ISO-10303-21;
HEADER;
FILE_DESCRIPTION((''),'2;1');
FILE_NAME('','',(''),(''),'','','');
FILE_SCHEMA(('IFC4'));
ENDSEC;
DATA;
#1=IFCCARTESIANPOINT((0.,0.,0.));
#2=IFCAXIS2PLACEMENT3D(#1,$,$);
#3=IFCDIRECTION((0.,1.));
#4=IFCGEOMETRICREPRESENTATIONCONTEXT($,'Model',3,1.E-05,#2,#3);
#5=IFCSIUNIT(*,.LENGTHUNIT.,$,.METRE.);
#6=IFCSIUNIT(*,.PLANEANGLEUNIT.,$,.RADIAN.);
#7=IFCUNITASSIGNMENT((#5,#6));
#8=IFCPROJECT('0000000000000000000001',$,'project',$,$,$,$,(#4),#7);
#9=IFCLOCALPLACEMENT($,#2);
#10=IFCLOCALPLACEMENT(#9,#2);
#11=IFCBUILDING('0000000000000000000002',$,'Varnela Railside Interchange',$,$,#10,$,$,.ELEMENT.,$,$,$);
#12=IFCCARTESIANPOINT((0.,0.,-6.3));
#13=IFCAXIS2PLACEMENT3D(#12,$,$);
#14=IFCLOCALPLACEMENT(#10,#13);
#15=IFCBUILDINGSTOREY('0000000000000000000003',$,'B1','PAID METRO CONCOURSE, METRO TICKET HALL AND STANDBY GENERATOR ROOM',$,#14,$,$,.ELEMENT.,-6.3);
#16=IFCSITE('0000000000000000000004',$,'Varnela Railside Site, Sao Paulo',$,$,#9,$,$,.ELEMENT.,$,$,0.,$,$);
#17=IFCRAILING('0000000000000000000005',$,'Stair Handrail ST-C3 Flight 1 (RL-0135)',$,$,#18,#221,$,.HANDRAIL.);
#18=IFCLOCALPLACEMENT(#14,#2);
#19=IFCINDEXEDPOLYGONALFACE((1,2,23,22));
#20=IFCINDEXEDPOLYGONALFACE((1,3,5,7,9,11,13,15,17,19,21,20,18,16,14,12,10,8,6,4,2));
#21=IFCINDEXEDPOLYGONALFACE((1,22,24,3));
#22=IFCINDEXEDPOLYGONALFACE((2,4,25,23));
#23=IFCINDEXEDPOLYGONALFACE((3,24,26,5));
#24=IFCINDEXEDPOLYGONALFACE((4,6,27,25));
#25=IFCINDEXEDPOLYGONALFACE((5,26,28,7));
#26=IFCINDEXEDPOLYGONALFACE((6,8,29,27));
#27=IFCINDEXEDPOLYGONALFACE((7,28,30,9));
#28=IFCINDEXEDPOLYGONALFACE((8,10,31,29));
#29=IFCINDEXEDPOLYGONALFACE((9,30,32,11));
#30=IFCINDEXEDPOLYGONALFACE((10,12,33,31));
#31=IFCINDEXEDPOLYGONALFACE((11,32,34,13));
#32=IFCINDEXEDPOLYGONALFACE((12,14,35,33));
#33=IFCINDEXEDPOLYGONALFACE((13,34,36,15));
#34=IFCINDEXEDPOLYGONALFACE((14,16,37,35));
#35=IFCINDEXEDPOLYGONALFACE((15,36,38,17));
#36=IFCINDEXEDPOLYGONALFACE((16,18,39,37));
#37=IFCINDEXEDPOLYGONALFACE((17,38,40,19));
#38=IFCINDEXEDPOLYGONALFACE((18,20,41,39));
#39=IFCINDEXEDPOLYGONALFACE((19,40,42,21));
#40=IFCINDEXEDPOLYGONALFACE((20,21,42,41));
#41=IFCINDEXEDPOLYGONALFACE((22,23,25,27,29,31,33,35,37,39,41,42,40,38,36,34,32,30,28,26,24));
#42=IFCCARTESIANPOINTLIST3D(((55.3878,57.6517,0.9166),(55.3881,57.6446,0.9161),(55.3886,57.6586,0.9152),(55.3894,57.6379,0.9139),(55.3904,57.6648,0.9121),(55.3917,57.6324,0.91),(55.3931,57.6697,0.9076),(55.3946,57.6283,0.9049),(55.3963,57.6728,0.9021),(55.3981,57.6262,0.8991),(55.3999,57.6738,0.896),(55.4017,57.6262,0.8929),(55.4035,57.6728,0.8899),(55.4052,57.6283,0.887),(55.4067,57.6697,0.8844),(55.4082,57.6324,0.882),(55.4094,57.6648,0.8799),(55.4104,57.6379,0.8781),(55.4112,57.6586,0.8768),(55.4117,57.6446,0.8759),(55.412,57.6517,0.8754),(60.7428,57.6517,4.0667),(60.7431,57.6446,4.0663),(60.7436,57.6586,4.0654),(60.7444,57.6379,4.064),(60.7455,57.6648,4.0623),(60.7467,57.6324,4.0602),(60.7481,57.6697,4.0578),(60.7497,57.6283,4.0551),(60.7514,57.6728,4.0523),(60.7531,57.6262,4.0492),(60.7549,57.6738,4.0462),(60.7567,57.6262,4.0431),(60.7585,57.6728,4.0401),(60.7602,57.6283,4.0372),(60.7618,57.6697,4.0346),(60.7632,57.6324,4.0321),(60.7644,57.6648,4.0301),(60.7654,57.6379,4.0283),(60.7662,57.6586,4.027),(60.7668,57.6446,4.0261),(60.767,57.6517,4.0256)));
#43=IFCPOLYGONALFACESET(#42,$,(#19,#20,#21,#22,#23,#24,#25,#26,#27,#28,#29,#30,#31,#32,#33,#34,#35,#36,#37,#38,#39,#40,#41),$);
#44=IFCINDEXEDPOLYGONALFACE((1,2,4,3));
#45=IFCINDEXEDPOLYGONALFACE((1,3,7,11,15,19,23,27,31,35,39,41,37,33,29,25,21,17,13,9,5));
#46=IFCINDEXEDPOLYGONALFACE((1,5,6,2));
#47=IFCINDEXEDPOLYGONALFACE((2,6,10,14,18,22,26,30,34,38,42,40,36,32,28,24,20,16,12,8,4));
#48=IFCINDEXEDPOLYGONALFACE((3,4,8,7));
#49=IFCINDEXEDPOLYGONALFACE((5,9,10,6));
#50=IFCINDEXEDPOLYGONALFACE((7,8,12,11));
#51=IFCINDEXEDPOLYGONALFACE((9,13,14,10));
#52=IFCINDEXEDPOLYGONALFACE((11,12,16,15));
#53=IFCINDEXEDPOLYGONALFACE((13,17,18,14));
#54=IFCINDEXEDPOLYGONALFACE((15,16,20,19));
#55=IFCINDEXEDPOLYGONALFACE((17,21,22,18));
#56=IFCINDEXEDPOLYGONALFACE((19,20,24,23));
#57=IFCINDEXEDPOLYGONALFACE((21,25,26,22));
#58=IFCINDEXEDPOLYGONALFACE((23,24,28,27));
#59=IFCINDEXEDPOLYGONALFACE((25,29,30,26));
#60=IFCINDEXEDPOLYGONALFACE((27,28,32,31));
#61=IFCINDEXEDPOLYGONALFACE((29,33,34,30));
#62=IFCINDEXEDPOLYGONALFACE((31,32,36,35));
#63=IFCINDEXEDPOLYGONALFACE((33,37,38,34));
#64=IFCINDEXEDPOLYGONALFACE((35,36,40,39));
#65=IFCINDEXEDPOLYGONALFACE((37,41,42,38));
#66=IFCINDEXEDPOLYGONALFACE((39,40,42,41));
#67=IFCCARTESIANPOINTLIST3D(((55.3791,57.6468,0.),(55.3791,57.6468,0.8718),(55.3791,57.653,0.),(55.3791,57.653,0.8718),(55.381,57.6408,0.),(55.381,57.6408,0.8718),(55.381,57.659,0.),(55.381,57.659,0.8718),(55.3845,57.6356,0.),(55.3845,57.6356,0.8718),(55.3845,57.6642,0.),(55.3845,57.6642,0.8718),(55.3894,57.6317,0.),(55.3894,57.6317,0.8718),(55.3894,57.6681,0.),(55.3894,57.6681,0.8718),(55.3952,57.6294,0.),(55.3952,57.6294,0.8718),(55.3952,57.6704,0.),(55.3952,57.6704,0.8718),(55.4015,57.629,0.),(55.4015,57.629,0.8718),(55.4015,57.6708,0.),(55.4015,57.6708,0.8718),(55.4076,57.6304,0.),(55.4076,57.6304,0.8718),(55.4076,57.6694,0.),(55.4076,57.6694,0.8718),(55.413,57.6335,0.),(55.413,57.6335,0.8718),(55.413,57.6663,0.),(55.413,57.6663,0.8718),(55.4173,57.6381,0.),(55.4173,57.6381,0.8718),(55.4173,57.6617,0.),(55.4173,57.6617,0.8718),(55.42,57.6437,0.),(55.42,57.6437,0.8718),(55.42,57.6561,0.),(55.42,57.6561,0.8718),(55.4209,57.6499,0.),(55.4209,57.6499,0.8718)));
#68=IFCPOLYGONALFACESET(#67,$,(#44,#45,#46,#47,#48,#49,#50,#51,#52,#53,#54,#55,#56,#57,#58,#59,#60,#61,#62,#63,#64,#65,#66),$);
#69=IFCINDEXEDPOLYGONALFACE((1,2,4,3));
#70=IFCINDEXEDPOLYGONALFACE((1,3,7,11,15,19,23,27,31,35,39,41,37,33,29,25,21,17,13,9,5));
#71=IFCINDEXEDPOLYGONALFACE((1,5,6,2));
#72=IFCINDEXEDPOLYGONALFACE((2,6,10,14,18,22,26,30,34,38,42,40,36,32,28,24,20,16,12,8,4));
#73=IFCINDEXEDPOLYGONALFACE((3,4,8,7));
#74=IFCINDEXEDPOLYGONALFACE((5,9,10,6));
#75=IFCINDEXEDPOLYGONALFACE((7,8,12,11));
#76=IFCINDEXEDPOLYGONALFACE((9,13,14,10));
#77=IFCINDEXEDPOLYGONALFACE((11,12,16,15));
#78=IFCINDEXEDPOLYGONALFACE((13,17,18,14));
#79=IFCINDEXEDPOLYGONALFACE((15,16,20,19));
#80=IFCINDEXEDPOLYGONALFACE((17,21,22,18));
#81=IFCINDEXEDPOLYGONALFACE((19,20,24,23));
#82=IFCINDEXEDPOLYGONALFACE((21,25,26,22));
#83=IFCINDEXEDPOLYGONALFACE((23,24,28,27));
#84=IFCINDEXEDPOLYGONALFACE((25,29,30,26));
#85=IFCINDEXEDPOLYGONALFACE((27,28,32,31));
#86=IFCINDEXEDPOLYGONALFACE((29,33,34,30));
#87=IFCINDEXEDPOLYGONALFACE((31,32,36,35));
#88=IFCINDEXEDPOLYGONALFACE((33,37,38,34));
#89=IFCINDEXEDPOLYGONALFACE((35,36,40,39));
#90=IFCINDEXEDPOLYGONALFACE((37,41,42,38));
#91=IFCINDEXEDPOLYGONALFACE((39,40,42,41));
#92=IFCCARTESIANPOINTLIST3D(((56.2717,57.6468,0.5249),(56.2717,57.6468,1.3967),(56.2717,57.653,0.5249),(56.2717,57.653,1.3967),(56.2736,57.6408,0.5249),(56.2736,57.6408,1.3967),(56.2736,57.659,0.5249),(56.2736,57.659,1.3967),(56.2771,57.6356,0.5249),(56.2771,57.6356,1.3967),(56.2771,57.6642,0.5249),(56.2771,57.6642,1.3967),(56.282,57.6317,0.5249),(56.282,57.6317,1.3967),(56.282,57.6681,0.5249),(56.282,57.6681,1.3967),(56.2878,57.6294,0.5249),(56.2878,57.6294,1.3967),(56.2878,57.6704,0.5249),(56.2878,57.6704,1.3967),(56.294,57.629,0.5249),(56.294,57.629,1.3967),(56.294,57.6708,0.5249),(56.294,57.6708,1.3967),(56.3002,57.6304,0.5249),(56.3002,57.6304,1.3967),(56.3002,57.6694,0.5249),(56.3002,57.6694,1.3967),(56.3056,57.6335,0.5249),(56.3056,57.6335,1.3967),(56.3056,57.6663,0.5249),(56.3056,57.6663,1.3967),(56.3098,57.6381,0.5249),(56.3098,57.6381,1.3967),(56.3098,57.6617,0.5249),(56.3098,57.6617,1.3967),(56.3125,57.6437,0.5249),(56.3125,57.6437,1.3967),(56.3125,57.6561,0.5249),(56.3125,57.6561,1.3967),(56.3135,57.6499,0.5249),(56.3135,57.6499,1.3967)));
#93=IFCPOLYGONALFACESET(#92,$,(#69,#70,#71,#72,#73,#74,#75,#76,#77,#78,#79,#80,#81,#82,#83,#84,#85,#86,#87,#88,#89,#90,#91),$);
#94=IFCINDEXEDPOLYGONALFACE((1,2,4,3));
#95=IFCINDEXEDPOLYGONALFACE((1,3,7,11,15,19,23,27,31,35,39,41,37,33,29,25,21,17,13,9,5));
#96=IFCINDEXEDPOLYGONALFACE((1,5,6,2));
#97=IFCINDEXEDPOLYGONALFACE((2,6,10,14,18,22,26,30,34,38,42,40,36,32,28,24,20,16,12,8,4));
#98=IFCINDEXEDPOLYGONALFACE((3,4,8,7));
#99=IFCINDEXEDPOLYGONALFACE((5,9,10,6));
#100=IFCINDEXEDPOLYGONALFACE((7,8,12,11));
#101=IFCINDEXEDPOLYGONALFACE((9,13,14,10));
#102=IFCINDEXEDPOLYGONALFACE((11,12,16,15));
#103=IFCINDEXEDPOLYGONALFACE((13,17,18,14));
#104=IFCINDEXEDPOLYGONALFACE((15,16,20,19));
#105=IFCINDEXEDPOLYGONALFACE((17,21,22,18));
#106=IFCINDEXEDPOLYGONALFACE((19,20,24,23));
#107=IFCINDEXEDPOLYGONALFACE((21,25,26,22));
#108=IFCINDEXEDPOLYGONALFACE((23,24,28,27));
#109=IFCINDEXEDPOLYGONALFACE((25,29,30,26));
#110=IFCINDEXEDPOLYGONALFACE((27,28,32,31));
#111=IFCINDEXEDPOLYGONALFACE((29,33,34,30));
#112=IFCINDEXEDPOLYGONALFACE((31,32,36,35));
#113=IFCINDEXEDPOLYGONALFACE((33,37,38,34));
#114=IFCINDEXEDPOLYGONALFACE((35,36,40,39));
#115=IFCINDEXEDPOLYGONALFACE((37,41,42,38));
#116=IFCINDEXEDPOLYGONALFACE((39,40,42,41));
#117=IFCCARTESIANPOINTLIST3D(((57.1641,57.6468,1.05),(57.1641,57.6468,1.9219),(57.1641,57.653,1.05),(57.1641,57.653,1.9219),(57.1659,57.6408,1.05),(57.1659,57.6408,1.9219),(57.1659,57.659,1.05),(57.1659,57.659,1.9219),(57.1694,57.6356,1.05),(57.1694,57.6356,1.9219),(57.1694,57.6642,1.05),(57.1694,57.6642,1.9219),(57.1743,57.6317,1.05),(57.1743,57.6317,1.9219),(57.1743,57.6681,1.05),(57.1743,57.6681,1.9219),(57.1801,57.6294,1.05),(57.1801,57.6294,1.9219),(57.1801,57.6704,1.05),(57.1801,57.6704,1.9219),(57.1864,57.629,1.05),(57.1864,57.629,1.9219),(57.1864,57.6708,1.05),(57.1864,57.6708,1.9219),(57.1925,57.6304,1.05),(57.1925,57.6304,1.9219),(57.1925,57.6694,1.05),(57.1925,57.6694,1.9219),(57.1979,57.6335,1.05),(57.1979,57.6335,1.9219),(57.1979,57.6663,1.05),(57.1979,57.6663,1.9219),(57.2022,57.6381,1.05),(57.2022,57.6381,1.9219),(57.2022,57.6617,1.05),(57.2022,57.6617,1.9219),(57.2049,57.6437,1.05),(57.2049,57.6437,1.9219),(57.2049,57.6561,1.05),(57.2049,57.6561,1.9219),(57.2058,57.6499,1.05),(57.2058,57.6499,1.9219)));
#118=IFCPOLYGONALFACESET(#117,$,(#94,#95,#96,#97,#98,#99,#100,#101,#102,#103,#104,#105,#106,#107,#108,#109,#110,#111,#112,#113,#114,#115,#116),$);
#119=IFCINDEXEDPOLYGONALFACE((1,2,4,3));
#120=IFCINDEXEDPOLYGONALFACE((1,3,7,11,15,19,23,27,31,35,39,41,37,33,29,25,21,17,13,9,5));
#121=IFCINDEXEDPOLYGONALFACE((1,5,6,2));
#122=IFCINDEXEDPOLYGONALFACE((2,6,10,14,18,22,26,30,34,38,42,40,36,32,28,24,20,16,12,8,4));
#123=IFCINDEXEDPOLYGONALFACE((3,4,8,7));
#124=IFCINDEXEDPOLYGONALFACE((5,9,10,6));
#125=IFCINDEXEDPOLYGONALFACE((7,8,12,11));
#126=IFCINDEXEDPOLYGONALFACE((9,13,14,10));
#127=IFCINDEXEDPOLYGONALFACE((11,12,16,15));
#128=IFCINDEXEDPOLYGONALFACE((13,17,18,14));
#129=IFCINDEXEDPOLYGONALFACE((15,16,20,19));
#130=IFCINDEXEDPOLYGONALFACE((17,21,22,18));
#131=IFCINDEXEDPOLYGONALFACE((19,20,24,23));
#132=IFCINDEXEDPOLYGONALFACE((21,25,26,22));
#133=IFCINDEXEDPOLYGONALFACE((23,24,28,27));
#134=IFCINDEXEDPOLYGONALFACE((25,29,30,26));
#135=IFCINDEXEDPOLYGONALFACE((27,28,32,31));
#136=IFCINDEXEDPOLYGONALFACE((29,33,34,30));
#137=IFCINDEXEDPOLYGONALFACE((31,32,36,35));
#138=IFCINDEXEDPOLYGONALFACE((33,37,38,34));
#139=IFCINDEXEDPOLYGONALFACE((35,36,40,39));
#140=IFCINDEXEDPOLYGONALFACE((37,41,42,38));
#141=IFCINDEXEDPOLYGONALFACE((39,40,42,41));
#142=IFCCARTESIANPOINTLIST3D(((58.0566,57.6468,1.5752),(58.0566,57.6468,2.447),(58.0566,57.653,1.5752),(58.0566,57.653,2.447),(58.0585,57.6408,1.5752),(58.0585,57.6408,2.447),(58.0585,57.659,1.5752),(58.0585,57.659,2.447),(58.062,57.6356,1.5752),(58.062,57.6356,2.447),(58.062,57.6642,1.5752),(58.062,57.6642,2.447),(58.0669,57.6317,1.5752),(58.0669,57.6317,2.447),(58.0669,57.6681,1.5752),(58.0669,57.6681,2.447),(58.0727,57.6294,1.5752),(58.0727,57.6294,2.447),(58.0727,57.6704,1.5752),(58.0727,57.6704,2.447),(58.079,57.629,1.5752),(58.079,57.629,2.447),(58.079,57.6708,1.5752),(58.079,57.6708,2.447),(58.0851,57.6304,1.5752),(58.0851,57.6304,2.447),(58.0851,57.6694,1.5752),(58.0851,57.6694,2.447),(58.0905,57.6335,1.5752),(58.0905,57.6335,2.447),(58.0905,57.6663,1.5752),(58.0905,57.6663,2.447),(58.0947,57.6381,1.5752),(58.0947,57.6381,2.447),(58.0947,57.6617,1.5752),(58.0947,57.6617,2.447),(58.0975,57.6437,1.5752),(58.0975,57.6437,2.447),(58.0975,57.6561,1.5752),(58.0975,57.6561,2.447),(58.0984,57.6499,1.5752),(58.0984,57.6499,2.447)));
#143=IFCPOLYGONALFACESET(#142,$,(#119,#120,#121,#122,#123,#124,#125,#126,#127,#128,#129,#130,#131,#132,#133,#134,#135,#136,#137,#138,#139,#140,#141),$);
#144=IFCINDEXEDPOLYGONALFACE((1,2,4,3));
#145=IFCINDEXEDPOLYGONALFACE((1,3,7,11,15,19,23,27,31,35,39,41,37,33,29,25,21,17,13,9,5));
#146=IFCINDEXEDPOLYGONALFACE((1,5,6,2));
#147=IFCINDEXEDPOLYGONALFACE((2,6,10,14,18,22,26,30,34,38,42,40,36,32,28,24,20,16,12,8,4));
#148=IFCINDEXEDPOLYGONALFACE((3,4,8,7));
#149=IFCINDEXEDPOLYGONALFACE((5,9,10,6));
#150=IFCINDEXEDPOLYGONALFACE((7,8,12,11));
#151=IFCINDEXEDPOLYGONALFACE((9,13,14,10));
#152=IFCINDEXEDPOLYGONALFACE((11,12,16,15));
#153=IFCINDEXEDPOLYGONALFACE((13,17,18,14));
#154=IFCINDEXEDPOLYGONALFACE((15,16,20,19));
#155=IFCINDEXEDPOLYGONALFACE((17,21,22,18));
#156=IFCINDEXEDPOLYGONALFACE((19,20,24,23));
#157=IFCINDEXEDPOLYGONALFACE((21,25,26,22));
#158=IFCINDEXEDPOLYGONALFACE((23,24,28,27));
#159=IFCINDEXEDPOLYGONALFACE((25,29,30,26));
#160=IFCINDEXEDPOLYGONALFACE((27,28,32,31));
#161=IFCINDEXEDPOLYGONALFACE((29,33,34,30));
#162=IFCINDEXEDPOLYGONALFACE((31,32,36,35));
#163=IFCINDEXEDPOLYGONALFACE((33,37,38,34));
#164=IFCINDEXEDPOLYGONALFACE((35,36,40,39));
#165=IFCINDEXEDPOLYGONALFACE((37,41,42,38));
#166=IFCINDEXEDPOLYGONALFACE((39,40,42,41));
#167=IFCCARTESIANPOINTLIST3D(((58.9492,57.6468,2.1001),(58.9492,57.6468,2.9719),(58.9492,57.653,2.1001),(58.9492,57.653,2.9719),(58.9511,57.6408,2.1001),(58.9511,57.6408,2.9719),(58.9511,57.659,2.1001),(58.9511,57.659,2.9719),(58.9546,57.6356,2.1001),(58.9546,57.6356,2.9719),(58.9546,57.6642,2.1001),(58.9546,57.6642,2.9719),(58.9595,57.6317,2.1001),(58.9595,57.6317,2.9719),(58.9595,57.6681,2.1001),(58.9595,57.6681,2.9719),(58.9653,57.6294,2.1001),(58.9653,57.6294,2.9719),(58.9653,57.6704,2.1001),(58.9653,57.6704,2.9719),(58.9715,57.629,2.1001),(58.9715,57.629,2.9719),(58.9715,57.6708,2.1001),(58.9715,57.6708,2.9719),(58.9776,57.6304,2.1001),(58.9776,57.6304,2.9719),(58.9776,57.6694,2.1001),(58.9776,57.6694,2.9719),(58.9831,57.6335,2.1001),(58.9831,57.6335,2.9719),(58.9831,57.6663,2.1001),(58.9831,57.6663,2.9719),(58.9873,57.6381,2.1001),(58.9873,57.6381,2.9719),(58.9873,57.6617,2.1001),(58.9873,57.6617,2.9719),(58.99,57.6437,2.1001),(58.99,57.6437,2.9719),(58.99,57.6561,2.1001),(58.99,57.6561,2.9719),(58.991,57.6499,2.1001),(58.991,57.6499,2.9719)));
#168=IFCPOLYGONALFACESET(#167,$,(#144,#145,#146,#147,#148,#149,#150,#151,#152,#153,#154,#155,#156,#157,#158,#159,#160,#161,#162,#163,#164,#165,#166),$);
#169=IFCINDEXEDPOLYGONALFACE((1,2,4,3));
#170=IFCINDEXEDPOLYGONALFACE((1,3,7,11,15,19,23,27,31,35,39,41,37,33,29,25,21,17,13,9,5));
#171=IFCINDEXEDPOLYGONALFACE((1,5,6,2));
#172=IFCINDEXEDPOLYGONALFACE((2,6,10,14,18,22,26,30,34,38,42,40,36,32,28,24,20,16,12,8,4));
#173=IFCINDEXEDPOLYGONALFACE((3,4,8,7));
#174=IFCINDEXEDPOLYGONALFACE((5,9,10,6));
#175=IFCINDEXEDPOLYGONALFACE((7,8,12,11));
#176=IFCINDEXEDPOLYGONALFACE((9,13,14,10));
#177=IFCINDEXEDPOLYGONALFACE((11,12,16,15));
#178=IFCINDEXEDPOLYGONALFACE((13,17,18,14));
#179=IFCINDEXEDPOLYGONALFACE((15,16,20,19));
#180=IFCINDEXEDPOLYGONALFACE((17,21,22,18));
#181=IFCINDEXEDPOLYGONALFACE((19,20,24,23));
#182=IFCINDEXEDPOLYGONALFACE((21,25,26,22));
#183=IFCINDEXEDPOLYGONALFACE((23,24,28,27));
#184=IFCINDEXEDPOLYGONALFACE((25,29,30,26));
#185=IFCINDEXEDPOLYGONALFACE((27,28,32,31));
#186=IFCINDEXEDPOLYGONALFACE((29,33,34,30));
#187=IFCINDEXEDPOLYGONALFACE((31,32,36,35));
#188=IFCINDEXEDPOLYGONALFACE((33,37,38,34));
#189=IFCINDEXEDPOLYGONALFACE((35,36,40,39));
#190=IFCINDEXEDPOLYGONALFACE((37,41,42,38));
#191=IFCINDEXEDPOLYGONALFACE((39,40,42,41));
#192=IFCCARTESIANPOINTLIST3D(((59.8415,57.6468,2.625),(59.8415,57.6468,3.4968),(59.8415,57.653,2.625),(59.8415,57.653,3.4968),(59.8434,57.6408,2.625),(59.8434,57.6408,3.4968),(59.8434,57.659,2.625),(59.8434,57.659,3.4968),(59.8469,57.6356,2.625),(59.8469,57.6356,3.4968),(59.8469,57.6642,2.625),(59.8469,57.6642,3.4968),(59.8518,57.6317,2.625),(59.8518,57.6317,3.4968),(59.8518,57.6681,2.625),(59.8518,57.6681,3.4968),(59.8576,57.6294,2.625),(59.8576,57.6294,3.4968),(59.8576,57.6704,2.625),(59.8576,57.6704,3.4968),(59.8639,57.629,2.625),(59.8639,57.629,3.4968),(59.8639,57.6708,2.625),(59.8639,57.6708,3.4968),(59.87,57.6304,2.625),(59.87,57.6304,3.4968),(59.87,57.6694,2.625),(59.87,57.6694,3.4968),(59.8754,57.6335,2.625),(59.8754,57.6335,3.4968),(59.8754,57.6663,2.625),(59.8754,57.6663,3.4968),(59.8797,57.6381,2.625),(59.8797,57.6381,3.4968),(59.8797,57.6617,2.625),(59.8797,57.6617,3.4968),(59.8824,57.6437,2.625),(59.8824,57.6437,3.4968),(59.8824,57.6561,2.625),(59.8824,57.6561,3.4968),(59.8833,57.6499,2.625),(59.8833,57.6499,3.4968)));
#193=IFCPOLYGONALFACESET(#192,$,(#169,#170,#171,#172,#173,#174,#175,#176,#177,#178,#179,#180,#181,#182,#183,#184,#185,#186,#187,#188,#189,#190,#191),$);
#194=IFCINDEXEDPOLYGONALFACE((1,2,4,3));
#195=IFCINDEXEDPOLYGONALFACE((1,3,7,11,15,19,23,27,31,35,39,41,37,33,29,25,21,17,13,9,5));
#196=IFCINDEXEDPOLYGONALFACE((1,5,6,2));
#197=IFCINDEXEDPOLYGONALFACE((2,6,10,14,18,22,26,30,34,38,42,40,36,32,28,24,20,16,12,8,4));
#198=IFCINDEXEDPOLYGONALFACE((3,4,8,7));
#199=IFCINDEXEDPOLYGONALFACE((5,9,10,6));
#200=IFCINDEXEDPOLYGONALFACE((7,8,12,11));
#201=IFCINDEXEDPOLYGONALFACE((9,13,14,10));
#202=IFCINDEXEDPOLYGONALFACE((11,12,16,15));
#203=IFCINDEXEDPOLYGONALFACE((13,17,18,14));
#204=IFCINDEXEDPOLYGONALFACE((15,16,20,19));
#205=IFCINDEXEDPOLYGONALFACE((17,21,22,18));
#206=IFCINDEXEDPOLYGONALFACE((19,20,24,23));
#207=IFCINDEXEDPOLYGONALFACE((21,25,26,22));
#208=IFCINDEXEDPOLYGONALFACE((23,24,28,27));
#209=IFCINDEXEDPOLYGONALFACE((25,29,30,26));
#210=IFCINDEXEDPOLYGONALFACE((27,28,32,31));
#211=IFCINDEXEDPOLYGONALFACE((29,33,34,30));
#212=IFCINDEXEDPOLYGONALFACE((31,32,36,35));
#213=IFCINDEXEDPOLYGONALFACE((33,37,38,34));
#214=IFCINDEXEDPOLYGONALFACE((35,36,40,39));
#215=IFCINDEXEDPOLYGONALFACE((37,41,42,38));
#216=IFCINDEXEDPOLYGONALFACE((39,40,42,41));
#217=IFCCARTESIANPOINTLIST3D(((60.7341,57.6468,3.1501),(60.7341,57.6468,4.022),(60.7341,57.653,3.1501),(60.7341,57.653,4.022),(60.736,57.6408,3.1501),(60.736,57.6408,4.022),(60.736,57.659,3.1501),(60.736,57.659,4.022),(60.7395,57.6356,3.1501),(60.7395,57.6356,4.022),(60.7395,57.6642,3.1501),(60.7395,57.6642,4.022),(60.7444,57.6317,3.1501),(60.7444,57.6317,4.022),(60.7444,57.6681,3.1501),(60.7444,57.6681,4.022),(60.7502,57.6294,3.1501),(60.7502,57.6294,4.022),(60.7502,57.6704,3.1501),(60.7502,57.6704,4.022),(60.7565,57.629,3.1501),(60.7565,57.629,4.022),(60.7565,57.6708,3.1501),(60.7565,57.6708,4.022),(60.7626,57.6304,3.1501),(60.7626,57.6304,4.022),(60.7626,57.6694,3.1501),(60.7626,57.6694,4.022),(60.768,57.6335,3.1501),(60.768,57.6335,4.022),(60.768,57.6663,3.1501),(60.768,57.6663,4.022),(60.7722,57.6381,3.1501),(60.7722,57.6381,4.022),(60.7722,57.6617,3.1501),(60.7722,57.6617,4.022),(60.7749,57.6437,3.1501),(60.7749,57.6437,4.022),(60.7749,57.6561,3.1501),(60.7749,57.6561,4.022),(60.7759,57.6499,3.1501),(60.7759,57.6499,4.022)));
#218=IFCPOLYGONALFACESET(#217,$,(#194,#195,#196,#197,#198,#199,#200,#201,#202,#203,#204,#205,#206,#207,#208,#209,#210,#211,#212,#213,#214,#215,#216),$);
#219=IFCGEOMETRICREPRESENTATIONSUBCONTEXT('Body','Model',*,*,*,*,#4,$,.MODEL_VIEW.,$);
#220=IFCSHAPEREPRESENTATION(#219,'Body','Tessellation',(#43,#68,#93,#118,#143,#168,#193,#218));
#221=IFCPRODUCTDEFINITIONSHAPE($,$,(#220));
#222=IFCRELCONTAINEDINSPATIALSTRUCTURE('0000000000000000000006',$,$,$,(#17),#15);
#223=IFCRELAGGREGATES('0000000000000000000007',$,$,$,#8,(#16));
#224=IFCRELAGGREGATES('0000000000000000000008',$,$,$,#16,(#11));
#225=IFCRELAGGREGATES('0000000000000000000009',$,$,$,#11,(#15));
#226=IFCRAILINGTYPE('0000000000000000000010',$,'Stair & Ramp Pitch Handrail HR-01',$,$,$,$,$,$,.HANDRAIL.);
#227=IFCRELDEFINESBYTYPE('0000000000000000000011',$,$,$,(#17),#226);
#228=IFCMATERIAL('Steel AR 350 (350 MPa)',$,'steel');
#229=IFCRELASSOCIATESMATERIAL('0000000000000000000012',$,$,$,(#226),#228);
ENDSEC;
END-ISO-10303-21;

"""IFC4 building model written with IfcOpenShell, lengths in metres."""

from ifc_helpers import new_model, si_unit, direction, frame, origin, origin_2d, place, context, subcontext, project, spatial, circle, extrude, material, type_object, element, save


model = new_model("IFC4")

# Units and contexts
model_context = context("Model", 3, precision=1e-05, world=origin(), true_north=direction((0.0, 1.0)))
body_context = subcontext(model_context, "Body", "Model", "MODEL_VIEW")
ifc_project = project(units=[si_unit("LENGTHUNIT", "METRE"), si_unit("PLANEANGLEUNIT", "RADIAN")], contexts=[model_context])

# Site, building, storey
site_placement = place(None, origin())
site = spatial("IfcSite", under=ifc_project, at=site_placement, Name="Varnela Railside Site, Sao Paulo", CompositionType="ELEMENT", RefElevation=0.0)
building_placement = place(site_placement, origin())
building = spatial("IfcBuilding", under=site, at=building_placement, Name="Varnela Railside Interchange", CompositionType="ELEMENT")
storey_placement = place(building_placement, frame((0.0, 0.0, -6.3)))
storey = spatial("IfcBuildingStorey", under=building, at=storey_placement, Name="B1", Description="PAID METRO CONCOURSE, METRO TICKET HALL AND STANDBY GENERATOR ROOM", CompositionType="ELEMENT", Elevation=-6.3)

# Railing
ifc_material_1 = material(Name="Steel AR 350 (350 MPa)", Category="steel")
railing_type_1 = type_object("IfcRailingType", Name="Stair & Ramp Pitch Handrail HR-01", PredefinedType="HANDRAIL", material=ifc_material_1)
railing_1_placement = place(storey_placement, frame((55.3999, 57.6499, 0.0)))
element("IfcRailing", 1, at=railing_1_placement, inside=storey, type_object=railing_type_1, Name="Stair Handrail ST-C3 Flight 1 (RL-0135)", PredefinedType="HANDRAIL", context=body_context, shape_type="SweptSolid", body=[
    extrude(circle(Radius=0.0239, at=origin_2d()), frame((0.0, 0.0, 0.896), z_axis=(0.861923, 0.0, 0.507039), x_axis=(0.0, 1.0, 0.0)), (0.0, 0.0, 1.0), 6.2129),
    extrude(circle(Radius=0.021, at=origin_2d()), origin(), (0.0, 0.0, 1.0), 0.8718),
    extrude(circle(Radius=0.021, at=origin_2d()), frame((0.8926, 0.0, 0.5249)), (0.0, 0.0, 1.0), 0.8718),
    extrude(circle(Radius=0.021, at=origin_2d()), frame((1.7849, 0.0, 1.05)), (0.0, 0.0, 1.0), 0.8718),
    extrude(circle(Radius=0.021, at=origin_2d()), frame((2.6775, 0.0, 1.5752)), (0.0, 0.0, 1.0), 0.8718),
    extrude(circle(Radius=0.021, at=origin_2d()), frame((3.5701, 0.0, 2.1001)), (0.0, 0.0, 1.0), 0.8718),
    extrude(circle(Radius=0.021, at=origin_2d()), frame((4.4624, 0.0, 2.625)), (0.0, 0.0, 1.0), 0.8718),
    extrude(circle(Radius=0.021, at=origin_2d()), frame((5.355, 0.0, 3.1501)), (0.0, 0.0, 1.0), 0.8718),
])

save(model, "model.ifc")
